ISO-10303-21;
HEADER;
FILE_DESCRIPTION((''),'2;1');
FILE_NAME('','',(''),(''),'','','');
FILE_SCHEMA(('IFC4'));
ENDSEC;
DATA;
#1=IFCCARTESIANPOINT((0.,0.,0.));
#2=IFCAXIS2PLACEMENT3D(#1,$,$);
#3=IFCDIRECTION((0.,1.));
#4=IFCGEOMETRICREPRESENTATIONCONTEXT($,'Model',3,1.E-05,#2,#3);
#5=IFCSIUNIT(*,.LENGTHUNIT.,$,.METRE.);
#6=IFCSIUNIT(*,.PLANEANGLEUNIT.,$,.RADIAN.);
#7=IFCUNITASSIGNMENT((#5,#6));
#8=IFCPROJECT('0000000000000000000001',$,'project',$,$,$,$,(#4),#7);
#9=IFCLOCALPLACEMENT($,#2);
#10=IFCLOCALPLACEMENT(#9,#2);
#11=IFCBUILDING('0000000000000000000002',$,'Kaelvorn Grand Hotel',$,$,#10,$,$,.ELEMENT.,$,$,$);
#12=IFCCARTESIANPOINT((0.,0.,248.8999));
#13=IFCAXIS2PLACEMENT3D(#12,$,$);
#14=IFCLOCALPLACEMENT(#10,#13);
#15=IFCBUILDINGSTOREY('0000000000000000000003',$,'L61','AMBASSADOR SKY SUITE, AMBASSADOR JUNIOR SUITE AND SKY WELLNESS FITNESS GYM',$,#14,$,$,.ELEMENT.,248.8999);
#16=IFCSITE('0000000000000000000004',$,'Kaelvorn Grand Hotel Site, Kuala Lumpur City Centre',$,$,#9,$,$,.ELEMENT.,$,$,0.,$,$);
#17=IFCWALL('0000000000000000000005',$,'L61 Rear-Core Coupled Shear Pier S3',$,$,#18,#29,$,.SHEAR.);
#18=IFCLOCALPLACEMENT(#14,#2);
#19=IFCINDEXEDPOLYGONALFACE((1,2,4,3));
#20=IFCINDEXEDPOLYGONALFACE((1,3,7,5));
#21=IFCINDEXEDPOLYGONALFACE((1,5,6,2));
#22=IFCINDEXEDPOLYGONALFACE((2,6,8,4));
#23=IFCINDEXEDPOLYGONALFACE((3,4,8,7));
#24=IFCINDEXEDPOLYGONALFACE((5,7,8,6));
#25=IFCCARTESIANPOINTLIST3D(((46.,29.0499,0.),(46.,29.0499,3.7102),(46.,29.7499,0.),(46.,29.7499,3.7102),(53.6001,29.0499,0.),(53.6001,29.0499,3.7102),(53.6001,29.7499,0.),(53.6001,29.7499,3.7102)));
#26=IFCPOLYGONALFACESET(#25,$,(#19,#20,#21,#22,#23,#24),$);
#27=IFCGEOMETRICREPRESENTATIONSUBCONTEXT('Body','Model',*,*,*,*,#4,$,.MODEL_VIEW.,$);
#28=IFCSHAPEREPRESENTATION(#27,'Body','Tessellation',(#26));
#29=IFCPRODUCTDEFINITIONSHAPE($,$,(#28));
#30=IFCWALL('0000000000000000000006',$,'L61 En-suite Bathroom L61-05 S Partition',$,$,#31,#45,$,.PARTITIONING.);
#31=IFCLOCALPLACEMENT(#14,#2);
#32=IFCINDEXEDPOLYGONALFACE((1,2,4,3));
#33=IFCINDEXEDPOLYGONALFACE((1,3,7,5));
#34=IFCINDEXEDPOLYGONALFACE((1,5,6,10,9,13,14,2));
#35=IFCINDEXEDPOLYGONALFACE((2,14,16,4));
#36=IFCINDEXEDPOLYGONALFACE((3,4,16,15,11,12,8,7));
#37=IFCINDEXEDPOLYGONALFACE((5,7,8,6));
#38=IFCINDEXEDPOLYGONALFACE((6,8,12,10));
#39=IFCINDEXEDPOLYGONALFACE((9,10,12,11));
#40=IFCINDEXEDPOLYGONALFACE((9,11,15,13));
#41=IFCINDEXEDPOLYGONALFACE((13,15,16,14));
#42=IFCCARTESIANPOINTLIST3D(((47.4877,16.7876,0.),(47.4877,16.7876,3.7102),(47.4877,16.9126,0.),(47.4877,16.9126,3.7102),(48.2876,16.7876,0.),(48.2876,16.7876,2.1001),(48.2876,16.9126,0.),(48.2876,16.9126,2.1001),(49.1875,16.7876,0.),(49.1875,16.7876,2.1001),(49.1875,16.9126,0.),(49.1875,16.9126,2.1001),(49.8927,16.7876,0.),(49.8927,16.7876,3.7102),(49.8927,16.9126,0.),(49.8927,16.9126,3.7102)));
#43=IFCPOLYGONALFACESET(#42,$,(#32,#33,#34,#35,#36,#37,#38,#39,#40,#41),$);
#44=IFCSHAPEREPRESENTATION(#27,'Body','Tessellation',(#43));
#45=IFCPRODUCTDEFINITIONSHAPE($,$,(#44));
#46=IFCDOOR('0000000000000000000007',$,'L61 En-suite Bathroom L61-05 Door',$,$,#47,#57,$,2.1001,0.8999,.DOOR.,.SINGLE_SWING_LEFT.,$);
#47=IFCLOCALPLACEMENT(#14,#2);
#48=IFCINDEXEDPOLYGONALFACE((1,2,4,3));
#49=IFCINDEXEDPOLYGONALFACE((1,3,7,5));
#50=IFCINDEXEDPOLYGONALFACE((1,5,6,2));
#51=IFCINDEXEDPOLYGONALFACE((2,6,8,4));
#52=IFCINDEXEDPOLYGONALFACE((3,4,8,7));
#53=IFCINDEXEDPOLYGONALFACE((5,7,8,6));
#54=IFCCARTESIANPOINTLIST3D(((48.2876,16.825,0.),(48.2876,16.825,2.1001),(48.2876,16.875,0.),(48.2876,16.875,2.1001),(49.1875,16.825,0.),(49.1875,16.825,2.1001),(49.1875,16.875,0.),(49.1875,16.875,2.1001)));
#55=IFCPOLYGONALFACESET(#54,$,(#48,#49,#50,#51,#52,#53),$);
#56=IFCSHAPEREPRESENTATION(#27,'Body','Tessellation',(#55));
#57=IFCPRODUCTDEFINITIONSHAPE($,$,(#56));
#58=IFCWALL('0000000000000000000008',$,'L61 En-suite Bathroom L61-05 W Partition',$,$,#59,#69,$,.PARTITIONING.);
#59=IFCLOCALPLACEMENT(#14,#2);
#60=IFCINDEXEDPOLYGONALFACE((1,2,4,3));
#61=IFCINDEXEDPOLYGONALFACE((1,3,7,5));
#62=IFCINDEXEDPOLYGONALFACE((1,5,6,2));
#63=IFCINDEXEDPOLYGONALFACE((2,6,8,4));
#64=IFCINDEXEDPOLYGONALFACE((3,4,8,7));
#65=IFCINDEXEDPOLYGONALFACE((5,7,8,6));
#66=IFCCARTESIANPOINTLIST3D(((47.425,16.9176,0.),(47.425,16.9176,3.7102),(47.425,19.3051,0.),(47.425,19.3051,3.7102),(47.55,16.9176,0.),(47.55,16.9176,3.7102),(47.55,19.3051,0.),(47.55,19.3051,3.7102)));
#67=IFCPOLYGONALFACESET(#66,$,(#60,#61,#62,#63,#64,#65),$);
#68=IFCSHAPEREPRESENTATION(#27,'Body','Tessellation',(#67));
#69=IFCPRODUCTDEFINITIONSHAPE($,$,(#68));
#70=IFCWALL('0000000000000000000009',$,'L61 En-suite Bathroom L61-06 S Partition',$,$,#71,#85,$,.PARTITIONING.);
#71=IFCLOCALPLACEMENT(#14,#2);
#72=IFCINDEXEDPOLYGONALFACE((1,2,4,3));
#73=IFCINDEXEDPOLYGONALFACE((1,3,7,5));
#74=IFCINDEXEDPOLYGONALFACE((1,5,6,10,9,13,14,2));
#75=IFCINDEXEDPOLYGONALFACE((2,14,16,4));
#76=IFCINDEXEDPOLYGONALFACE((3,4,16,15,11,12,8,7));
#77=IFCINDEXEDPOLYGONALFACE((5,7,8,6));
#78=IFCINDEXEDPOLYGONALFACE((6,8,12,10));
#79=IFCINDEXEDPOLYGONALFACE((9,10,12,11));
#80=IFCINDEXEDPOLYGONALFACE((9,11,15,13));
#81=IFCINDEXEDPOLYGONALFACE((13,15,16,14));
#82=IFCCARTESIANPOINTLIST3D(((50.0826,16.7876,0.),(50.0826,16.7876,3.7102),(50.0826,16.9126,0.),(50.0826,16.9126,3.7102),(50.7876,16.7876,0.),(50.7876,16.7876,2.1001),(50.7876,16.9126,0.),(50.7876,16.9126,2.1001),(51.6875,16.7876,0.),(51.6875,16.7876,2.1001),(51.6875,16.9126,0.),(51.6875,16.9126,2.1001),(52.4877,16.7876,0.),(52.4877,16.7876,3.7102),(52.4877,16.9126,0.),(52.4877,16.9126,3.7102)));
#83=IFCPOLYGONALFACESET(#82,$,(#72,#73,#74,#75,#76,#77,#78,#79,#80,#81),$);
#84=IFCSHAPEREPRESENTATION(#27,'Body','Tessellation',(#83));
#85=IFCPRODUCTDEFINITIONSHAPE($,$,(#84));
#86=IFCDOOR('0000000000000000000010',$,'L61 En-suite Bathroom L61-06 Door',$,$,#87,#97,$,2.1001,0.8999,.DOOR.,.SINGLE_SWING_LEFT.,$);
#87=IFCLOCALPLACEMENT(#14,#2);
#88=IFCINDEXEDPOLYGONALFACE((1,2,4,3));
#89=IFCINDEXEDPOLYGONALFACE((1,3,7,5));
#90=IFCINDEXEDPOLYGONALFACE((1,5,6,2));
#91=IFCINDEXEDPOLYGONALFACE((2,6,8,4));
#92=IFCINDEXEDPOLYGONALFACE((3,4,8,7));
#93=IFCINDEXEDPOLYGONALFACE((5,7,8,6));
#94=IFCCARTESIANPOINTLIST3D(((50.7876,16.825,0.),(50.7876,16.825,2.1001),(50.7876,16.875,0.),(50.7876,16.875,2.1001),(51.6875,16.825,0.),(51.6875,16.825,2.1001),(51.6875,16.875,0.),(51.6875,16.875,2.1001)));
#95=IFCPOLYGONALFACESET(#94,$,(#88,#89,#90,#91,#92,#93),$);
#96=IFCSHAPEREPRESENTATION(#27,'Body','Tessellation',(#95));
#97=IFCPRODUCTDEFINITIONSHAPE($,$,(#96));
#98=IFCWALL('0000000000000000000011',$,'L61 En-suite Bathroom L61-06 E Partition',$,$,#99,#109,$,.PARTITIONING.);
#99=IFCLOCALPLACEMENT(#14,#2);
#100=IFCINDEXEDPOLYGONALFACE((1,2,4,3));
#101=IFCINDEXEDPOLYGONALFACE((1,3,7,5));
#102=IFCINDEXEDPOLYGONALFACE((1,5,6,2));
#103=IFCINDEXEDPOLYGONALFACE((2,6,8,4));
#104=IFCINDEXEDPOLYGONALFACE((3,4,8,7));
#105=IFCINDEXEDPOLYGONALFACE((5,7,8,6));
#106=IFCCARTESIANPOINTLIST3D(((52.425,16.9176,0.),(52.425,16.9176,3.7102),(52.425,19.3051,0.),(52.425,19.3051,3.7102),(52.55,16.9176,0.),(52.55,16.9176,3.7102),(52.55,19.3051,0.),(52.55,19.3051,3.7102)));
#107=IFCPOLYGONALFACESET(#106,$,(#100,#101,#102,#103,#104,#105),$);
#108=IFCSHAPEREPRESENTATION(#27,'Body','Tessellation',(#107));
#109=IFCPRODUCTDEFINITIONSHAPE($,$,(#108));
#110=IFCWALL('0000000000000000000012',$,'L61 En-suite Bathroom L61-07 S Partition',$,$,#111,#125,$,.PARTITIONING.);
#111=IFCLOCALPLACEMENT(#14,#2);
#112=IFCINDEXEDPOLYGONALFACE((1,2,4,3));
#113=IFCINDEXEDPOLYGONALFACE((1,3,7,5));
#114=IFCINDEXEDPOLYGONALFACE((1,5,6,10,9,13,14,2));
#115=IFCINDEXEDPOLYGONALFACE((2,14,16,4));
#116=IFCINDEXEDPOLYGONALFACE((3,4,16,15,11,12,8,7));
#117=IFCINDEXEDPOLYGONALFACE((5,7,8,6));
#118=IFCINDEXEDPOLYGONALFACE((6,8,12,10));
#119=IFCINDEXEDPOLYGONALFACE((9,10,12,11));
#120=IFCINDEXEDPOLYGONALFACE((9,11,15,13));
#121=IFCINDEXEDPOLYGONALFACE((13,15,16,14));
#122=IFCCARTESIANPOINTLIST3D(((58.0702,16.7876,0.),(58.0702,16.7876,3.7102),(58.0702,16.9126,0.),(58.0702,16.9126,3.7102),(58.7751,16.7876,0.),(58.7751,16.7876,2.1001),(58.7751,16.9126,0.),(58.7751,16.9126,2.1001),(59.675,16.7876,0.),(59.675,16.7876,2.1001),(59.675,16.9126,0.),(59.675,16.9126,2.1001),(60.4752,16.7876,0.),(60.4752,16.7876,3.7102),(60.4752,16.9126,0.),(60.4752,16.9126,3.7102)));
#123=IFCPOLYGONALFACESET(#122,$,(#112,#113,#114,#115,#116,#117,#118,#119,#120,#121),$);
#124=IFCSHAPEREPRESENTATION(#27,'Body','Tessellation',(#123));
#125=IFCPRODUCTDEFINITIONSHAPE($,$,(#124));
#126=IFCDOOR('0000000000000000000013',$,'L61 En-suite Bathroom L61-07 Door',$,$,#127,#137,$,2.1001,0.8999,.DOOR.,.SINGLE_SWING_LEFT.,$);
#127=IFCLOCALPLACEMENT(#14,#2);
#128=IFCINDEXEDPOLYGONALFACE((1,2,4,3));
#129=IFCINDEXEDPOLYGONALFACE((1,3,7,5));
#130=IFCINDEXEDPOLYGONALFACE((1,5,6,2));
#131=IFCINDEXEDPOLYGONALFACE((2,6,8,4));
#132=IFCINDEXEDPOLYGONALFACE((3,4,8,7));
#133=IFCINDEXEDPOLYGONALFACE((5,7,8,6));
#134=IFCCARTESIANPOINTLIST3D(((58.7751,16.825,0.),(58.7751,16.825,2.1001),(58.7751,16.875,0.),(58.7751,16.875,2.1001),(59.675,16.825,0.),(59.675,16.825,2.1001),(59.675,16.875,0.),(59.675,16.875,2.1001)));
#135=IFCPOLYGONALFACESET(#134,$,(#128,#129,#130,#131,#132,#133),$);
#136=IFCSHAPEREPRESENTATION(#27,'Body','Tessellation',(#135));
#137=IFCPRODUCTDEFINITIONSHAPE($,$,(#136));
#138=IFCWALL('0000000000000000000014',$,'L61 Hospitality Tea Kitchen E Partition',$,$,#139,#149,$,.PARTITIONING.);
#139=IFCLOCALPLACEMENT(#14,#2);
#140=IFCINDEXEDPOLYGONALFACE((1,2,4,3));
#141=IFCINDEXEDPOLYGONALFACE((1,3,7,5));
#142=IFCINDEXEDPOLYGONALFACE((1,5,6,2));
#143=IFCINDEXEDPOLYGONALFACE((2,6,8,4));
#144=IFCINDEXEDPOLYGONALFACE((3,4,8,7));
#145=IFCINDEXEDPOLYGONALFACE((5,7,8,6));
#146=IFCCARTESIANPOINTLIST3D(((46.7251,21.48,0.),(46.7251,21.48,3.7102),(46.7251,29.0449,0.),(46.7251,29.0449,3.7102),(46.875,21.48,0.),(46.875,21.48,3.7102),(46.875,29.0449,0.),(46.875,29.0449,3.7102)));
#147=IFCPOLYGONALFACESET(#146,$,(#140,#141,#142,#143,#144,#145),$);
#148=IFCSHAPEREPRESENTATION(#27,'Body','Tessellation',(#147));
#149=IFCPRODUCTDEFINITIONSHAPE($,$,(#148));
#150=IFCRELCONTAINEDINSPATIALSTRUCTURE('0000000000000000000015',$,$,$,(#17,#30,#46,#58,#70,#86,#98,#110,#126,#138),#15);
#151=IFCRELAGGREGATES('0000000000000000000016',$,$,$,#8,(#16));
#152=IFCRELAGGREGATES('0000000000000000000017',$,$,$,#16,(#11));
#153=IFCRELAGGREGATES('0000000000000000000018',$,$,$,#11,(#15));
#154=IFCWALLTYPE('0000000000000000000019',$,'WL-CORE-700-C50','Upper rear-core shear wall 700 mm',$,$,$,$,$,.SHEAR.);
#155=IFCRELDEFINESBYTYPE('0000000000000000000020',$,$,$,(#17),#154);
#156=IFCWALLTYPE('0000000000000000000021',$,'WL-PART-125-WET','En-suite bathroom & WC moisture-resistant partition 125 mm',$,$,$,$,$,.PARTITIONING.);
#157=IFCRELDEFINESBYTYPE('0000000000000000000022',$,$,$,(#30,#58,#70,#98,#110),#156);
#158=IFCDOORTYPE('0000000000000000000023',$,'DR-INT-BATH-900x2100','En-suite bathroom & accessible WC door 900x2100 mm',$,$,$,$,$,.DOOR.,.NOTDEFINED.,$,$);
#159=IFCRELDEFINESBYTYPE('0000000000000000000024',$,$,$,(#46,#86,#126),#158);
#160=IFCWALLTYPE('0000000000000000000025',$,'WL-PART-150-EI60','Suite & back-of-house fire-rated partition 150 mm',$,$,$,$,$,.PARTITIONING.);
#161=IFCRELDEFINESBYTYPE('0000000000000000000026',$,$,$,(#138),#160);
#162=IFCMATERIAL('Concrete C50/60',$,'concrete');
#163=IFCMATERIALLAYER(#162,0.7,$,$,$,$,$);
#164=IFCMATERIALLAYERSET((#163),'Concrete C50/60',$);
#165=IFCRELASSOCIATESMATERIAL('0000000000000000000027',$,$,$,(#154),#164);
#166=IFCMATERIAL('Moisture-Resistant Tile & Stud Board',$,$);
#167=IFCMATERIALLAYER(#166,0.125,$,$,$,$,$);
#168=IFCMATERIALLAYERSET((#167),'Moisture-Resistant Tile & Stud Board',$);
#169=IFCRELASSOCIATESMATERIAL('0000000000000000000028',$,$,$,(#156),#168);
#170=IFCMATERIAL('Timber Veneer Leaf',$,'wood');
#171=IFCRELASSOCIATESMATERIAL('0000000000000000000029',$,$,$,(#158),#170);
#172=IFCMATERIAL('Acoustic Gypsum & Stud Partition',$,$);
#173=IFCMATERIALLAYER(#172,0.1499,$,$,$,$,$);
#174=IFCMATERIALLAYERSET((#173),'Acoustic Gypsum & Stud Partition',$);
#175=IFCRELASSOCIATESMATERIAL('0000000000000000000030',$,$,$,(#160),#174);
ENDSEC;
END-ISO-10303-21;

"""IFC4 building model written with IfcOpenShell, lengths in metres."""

from ifc_helpers import new_model, si_unit, direction, frame, frame_2d, origin, place, context, subcontext, project, spatial, rectangle, extrude, material, layer, layer_set, type_object, element, fill, save


model = new_model("IFC4")

# Units and contexts
model_context = context("Model", 3, precision=1e-05, world=origin(), true_north=direction((0.0, 1.0)))
body_context = subcontext(model_context, "Body", "Model", "MODEL_VIEW")
ifc_project = project(units=[si_unit("LENGTHUNIT", "METRE"), si_unit("PLANEANGLEUNIT", "RADIAN")], contexts=[model_context])

# Site, building, storey
site_placement = place(None, origin())
site = spatial("IfcSite", under=ifc_project, at=site_placement, Name="Kaelvorn Grand Hotel Site, Kuala Lumpur City Centre", CompositionType="ELEMENT", RefElevation=0.0)
building_placement = place(site_placement, origin())
building = spatial("IfcBuilding", under=site, at=building_placement, Name="Kaelvorn Grand Hotel", CompositionType="ELEMENT")
storey_placement = place(building_placement, frame((0.0, 0.0, 248.8999)))
storey = spatial("IfcBuildingStorey", under=building, at=storey_placement, Name="L61", Description="AMBASSADOR SKY SUITE, AMBASSADOR JUNIOR SUITE AND SKY WELLNESS FITNESS GYM", CompositionType="ELEMENT", Elevation=248.8999)

# Shared definitions
ifc_material_1 = material(Name="Concrete C50/60", Category="concrete")

# Wall
ifc_layer_1 = layer(ifc_material_1, 0.7)
ifc_layer_set_1 = layer_set([ifc_layer_1], Name="Concrete C50/60")
wall_type_1 = type_object("IfcWallType", Name="WL-CORE-700-C50", Description="Upper rear-core shear wall 700 mm", PredefinedType="SHEAR", material=ifc_layer_set_1)
wall_1_placement = place(storey_placement, frame((46.0, 29.3999, 0.0), z_axis=(0.0, 0.0, 1.0), x_axis=(1.0, 0.0, 0.0)))
element("IfcWall", 1, at=wall_1_placement, inside=storey, type_object=wall_type_1, Name="L61 Rear-Core Coupled Shear Pier S3", PredefinedType="SHEAR", context=body_context, shape_type="SweptSolid", body=[
    extrude(rectangle(XDim=7.6001, YDim=0.7, at=frame_2d((3.8, 0.0))), origin(), (0.0, 0.0, 1.0), 3.7102),
])

# Wall, opening, door
ifc_material_2 = material(Name="Moisture-Resistant Tile & Stud Board")
ifc_layer_2 = layer(ifc_material_2, 0.125)
ifc_layer_set_2 = layer_set([ifc_layer_2], Name="Moisture-Resistant Tile & Stud Board")
wall_type_2 = type_object("IfcWallType", Name="WL-PART-125-WET", Description="En-suite bathroom & WC moisture-resistant partition 125 mm", PredefinedType="PARTITIONING", material=ifc_layer_set_2)
wall_2_placement = place(storey_placement, frame((47.4875, 16.8501, 0.0), z_axis=(0.0, 0.0, 1.0), x_axis=(1.0, 0.0, 0.0)))
wall_2 = element("IfcWall", 2, at=wall_2_placement, inside=storey, type_object=wall_type_2, Name="L61 En-suite Bathroom L61-05 S Partition", PredefinedType="PARTITIONING", context=body_context, shape_type="SweptSolid", body=[
    extrude(rectangle(XDim=2.405, YDim=0.125, at=frame_2d((1.2026, 0.0))), origin(), (0.0, 0.0, 1.0), 3.7102),
])
opening_1_placement = place(wall_2_placement, frame((0.8, 0.0, 0.0)))
opening_1 = element("IfcOpeningElement", 3, at=opening_1_placement, cuts=wall_2, PredefinedType="OPENING", context=body_context, shape_type="SweptSolid", body=[
    extrude(rectangle(XDim=0.8999, YDim=2.1001, at=frame_2d((0.45, 1.05))), frame((0.0, 0.0725, 0.0), z_axis=(0.0, -1.0, 0.0), x_axis=(1.0, 0.0, 0.0)), (0.0, 0.0, 1.0), 0.145),
])
ifc_material_3 = material(Name="Timber Veneer Leaf", Category="wood")
door_type_1 = type_object("IfcDoorType", Name="DR-INT-BATH-900x2100", Description="En-suite bathroom & accessible WC door 900x2100 mm", OperationType="NOTDEFINED", PredefinedType="DOOR", material=ifc_material_3)
door_1_placement = place(opening_1_placement, origin())
door_1 = element("IfcDoor", 4, at=door_1_placement, inside=storey, type_object=door_type_1, Name="L61 En-suite Bathroom L61-05 Door", OperationType="SINGLE_SWING_LEFT", OverallHeight=2.1001, OverallWidth=0.8999, PredefinedType="DOOR", context=body_context, shape_type="SweptSolid", body=[
    extrude(rectangle(XDim=0.8999, YDim=2.1001, at=frame_2d((0.45, 1.05))), frame((0.0, 0.0249, 0.0), z_axis=(0.0, -1.0, 0.0), x_axis=(1.0, 0.0, 0.0)), (0.0, 0.0, 1.0), 0.05),
])
fill(opening_1, door_1)

# Wall
wall_3_placement = place(storey_placement, frame((47.4875, 16.9175, 0.0), z_axis=(0.0, 0.0, 1.0), x_axis=(0.0, 1.0, 0.0)))
element("IfcWall", 5, at=wall_3_placement, inside=storey, type_object=wall_type_2, Name="L61 En-suite Bathroom L61-05 W Partition", PredefinedType="PARTITIONING", context=body_context, shape_type="SweptSolid", body=[
    extrude(rectangle(XDim=2.3875, YDim=0.125, at=frame_2d((1.1938, 0.0))), origin(), (0.0, 0.0, 1.0), 3.7102),
])

# Wall, opening, door
wall_4_placement = place(storey_placement, frame((50.0825, 16.8501, 0.0), z_axis=(0.0, 0.0, 1.0), x_axis=(1.0, 0.0, 0.0)))
wall_4 = element("IfcWall", 6, at=wall_4_placement, inside=storey, type_object=wall_type_2, Name="L61 En-suite Bathroom L61-06 S Partition", PredefinedType="PARTITIONING", context=body_context, shape_type="SweptSolid", body=[
    extrude(rectangle(XDim=2.405, YDim=0.125, at=frame_2d((1.2026, 0.0))), origin(), (0.0, 0.0, 1.0), 3.7102),
])
opening_2_placement = place(wall_4_placement, frame((0.7051, 0.0, 0.0)))
opening_2 = element("IfcOpeningElement", 7, at=opening_2_placement, cuts=wall_4, PredefinedType="OPENING", context=body_context, shape_type="SweptSolid", body=[
    extrude(rectangle(XDim=0.8999, YDim=2.1001, at=frame_2d((0.45, 1.05))), frame((0.0, 0.0725, 0.0), z_axis=(0.0, -1.0, 0.0), x_axis=(1.0, 0.0, 0.0)), (0.0, 0.0, 1.0), 0.145),
])
door_2_placement = place(opening_2_placement, origin())
door_2 = element("IfcDoor", 8, at=door_2_placement, inside=storey, type_object=door_type_1, Name="L61 En-suite Bathroom L61-06 Door", OperationType="SINGLE_SWING_LEFT", OverallHeight=2.1001, OverallWidth=0.8999, PredefinedType="DOOR", context=body_context, shape_type="SweptSolid", body=[
    extrude(rectangle(XDim=0.8999, YDim=2.1001, at=frame_2d((0.45, 1.05))), frame((0.0, 0.0249, 0.0), z_axis=(0.0, -1.0, 0.0), x_axis=(1.0, 0.0, 0.0)), (0.0, 0.0, 1.0), 0.05),
])
fill(opening_2, door_2)

# Wall
wall_5_placement = place(storey_placement, frame((52.4875, 16.9175, 0.0), z_axis=(0.0, 0.0, 1.0), x_axis=(0.0, 1.0, 0.0)))
element("IfcWall", 9, at=wall_5_placement, inside=storey, type_object=wall_type_2, Name="L61 En-suite Bathroom L61-06 E Partition", PredefinedType="PARTITIONING", context=body_context, shape_type="SweptSolid", body=[
    extrude(rectangle(XDim=2.3875, YDim=0.125, at=frame_2d((1.1938, 0.0))), origin(), (0.0, 0.0, 1.0), 3.7102),
])

# Wall, opening, door
wall_6_placement = place(storey_placement, frame((58.0701, 16.8501, 0.0), z_axis=(0.0, 0.0, 1.0), x_axis=(1.0, 0.0, 0.0)))
wall_6 = element("IfcWall", 10, at=wall_6_placement, inside=storey, type_object=wall_type_2, Name="L61 En-suite Bathroom L61-07 S Partition", PredefinedType="PARTITIONING", context=body_context, shape_type="SweptSolid", body=[
    extrude(rectangle(XDim=2.405, YDim=0.125, at=frame_2d((1.2026, 0.0))), origin(), (0.0, 0.0, 1.0), 3.7102),
])
opening_3_placement = place(wall_6_placement, frame((0.7051, 0.0, 0.0)))
opening_3 = element("IfcOpeningElement", 11, at=opening_3_placement, cuts=wall_6, PredefinedType="OPENING", context=body_context, shape_type="SweptSolid", body=[
    extrude(rectangle(XDim=0.8999, YDim=2.1001, at=frame_2d((0.45, 1.05))), frame((0.0, 0.0725, 0.0), z_axis=(0.0, -1.0, 0.0), x_axis=(1.0, 0.0, 0.0)), (0.0, 0.0, 1.0), 0.145),
])
door_3_placement = place(opening_3_placement, origin())
door_3 = element("IfcDoor", 12, at=door_3_placement, inside=storey, type_object=door_type_1, Name="L61 En-suite Bathroom L61-07 Door", OperationType="SINGLE_SWING_LEFT", OverallHeight=2.1001, OverallWidth=0.8999, PredefinedType="DOOR", context=body_context, shape_type="SweptSolid", body=[
    extrude(rectangle(XDim=0.8999, YDim=2.1001, at=frame_2d((0.45, 1.05))), frame((0.0, 0.0249, 0.0), z_axis=(0.0, -1.0, 0.0), x_axis=(1.0, 0.0, 0.0)), (0.0, 0.0, 1.0), 0.05),
])
fill(opening_3, door_3)

# Wall
ifc_material_4 = material(Name="Acoustic Gypsum & Stud Partition")
ifc_layer_3 = layer(ifc_material_4, 0.1499)
ifc_layer_set_3 = layer_set([ifc_layer_3], Name="Acoustic Gypsum & Stud Partition")
wall_type_3 = type_object("IfcWallType", Name="WL-PART-150-EI60", Description="Suite & back-of-house fire-rated partition 150 mm", PredefinedType="PARTITIONING", material=ifc_layer_set_3)
wall_7_placement = place(storey_placement, frame((46.8, 21.48, 0.0), z_axis=(0.0, 0.0, 1.0), x_axis=(0.0, 1.0, 0.0)))
element("IfcWall", 13, at=wall_7_placement, inside=storey, type_object=wall_type_3, Name="L61 Hospitality Tea Kitchen E Partition", PredefinedType="PARTITIONING", context=body_context, shape_type="SweptSolid", body=[
    extrude(rectangle(XDim=7.5649, YDim=0.1499, at=frame_2d((3.7825, 0.0))), origin(), (0.0, 0.0, 1.0), 3.7102),
])

save(model, "model.ifc")
